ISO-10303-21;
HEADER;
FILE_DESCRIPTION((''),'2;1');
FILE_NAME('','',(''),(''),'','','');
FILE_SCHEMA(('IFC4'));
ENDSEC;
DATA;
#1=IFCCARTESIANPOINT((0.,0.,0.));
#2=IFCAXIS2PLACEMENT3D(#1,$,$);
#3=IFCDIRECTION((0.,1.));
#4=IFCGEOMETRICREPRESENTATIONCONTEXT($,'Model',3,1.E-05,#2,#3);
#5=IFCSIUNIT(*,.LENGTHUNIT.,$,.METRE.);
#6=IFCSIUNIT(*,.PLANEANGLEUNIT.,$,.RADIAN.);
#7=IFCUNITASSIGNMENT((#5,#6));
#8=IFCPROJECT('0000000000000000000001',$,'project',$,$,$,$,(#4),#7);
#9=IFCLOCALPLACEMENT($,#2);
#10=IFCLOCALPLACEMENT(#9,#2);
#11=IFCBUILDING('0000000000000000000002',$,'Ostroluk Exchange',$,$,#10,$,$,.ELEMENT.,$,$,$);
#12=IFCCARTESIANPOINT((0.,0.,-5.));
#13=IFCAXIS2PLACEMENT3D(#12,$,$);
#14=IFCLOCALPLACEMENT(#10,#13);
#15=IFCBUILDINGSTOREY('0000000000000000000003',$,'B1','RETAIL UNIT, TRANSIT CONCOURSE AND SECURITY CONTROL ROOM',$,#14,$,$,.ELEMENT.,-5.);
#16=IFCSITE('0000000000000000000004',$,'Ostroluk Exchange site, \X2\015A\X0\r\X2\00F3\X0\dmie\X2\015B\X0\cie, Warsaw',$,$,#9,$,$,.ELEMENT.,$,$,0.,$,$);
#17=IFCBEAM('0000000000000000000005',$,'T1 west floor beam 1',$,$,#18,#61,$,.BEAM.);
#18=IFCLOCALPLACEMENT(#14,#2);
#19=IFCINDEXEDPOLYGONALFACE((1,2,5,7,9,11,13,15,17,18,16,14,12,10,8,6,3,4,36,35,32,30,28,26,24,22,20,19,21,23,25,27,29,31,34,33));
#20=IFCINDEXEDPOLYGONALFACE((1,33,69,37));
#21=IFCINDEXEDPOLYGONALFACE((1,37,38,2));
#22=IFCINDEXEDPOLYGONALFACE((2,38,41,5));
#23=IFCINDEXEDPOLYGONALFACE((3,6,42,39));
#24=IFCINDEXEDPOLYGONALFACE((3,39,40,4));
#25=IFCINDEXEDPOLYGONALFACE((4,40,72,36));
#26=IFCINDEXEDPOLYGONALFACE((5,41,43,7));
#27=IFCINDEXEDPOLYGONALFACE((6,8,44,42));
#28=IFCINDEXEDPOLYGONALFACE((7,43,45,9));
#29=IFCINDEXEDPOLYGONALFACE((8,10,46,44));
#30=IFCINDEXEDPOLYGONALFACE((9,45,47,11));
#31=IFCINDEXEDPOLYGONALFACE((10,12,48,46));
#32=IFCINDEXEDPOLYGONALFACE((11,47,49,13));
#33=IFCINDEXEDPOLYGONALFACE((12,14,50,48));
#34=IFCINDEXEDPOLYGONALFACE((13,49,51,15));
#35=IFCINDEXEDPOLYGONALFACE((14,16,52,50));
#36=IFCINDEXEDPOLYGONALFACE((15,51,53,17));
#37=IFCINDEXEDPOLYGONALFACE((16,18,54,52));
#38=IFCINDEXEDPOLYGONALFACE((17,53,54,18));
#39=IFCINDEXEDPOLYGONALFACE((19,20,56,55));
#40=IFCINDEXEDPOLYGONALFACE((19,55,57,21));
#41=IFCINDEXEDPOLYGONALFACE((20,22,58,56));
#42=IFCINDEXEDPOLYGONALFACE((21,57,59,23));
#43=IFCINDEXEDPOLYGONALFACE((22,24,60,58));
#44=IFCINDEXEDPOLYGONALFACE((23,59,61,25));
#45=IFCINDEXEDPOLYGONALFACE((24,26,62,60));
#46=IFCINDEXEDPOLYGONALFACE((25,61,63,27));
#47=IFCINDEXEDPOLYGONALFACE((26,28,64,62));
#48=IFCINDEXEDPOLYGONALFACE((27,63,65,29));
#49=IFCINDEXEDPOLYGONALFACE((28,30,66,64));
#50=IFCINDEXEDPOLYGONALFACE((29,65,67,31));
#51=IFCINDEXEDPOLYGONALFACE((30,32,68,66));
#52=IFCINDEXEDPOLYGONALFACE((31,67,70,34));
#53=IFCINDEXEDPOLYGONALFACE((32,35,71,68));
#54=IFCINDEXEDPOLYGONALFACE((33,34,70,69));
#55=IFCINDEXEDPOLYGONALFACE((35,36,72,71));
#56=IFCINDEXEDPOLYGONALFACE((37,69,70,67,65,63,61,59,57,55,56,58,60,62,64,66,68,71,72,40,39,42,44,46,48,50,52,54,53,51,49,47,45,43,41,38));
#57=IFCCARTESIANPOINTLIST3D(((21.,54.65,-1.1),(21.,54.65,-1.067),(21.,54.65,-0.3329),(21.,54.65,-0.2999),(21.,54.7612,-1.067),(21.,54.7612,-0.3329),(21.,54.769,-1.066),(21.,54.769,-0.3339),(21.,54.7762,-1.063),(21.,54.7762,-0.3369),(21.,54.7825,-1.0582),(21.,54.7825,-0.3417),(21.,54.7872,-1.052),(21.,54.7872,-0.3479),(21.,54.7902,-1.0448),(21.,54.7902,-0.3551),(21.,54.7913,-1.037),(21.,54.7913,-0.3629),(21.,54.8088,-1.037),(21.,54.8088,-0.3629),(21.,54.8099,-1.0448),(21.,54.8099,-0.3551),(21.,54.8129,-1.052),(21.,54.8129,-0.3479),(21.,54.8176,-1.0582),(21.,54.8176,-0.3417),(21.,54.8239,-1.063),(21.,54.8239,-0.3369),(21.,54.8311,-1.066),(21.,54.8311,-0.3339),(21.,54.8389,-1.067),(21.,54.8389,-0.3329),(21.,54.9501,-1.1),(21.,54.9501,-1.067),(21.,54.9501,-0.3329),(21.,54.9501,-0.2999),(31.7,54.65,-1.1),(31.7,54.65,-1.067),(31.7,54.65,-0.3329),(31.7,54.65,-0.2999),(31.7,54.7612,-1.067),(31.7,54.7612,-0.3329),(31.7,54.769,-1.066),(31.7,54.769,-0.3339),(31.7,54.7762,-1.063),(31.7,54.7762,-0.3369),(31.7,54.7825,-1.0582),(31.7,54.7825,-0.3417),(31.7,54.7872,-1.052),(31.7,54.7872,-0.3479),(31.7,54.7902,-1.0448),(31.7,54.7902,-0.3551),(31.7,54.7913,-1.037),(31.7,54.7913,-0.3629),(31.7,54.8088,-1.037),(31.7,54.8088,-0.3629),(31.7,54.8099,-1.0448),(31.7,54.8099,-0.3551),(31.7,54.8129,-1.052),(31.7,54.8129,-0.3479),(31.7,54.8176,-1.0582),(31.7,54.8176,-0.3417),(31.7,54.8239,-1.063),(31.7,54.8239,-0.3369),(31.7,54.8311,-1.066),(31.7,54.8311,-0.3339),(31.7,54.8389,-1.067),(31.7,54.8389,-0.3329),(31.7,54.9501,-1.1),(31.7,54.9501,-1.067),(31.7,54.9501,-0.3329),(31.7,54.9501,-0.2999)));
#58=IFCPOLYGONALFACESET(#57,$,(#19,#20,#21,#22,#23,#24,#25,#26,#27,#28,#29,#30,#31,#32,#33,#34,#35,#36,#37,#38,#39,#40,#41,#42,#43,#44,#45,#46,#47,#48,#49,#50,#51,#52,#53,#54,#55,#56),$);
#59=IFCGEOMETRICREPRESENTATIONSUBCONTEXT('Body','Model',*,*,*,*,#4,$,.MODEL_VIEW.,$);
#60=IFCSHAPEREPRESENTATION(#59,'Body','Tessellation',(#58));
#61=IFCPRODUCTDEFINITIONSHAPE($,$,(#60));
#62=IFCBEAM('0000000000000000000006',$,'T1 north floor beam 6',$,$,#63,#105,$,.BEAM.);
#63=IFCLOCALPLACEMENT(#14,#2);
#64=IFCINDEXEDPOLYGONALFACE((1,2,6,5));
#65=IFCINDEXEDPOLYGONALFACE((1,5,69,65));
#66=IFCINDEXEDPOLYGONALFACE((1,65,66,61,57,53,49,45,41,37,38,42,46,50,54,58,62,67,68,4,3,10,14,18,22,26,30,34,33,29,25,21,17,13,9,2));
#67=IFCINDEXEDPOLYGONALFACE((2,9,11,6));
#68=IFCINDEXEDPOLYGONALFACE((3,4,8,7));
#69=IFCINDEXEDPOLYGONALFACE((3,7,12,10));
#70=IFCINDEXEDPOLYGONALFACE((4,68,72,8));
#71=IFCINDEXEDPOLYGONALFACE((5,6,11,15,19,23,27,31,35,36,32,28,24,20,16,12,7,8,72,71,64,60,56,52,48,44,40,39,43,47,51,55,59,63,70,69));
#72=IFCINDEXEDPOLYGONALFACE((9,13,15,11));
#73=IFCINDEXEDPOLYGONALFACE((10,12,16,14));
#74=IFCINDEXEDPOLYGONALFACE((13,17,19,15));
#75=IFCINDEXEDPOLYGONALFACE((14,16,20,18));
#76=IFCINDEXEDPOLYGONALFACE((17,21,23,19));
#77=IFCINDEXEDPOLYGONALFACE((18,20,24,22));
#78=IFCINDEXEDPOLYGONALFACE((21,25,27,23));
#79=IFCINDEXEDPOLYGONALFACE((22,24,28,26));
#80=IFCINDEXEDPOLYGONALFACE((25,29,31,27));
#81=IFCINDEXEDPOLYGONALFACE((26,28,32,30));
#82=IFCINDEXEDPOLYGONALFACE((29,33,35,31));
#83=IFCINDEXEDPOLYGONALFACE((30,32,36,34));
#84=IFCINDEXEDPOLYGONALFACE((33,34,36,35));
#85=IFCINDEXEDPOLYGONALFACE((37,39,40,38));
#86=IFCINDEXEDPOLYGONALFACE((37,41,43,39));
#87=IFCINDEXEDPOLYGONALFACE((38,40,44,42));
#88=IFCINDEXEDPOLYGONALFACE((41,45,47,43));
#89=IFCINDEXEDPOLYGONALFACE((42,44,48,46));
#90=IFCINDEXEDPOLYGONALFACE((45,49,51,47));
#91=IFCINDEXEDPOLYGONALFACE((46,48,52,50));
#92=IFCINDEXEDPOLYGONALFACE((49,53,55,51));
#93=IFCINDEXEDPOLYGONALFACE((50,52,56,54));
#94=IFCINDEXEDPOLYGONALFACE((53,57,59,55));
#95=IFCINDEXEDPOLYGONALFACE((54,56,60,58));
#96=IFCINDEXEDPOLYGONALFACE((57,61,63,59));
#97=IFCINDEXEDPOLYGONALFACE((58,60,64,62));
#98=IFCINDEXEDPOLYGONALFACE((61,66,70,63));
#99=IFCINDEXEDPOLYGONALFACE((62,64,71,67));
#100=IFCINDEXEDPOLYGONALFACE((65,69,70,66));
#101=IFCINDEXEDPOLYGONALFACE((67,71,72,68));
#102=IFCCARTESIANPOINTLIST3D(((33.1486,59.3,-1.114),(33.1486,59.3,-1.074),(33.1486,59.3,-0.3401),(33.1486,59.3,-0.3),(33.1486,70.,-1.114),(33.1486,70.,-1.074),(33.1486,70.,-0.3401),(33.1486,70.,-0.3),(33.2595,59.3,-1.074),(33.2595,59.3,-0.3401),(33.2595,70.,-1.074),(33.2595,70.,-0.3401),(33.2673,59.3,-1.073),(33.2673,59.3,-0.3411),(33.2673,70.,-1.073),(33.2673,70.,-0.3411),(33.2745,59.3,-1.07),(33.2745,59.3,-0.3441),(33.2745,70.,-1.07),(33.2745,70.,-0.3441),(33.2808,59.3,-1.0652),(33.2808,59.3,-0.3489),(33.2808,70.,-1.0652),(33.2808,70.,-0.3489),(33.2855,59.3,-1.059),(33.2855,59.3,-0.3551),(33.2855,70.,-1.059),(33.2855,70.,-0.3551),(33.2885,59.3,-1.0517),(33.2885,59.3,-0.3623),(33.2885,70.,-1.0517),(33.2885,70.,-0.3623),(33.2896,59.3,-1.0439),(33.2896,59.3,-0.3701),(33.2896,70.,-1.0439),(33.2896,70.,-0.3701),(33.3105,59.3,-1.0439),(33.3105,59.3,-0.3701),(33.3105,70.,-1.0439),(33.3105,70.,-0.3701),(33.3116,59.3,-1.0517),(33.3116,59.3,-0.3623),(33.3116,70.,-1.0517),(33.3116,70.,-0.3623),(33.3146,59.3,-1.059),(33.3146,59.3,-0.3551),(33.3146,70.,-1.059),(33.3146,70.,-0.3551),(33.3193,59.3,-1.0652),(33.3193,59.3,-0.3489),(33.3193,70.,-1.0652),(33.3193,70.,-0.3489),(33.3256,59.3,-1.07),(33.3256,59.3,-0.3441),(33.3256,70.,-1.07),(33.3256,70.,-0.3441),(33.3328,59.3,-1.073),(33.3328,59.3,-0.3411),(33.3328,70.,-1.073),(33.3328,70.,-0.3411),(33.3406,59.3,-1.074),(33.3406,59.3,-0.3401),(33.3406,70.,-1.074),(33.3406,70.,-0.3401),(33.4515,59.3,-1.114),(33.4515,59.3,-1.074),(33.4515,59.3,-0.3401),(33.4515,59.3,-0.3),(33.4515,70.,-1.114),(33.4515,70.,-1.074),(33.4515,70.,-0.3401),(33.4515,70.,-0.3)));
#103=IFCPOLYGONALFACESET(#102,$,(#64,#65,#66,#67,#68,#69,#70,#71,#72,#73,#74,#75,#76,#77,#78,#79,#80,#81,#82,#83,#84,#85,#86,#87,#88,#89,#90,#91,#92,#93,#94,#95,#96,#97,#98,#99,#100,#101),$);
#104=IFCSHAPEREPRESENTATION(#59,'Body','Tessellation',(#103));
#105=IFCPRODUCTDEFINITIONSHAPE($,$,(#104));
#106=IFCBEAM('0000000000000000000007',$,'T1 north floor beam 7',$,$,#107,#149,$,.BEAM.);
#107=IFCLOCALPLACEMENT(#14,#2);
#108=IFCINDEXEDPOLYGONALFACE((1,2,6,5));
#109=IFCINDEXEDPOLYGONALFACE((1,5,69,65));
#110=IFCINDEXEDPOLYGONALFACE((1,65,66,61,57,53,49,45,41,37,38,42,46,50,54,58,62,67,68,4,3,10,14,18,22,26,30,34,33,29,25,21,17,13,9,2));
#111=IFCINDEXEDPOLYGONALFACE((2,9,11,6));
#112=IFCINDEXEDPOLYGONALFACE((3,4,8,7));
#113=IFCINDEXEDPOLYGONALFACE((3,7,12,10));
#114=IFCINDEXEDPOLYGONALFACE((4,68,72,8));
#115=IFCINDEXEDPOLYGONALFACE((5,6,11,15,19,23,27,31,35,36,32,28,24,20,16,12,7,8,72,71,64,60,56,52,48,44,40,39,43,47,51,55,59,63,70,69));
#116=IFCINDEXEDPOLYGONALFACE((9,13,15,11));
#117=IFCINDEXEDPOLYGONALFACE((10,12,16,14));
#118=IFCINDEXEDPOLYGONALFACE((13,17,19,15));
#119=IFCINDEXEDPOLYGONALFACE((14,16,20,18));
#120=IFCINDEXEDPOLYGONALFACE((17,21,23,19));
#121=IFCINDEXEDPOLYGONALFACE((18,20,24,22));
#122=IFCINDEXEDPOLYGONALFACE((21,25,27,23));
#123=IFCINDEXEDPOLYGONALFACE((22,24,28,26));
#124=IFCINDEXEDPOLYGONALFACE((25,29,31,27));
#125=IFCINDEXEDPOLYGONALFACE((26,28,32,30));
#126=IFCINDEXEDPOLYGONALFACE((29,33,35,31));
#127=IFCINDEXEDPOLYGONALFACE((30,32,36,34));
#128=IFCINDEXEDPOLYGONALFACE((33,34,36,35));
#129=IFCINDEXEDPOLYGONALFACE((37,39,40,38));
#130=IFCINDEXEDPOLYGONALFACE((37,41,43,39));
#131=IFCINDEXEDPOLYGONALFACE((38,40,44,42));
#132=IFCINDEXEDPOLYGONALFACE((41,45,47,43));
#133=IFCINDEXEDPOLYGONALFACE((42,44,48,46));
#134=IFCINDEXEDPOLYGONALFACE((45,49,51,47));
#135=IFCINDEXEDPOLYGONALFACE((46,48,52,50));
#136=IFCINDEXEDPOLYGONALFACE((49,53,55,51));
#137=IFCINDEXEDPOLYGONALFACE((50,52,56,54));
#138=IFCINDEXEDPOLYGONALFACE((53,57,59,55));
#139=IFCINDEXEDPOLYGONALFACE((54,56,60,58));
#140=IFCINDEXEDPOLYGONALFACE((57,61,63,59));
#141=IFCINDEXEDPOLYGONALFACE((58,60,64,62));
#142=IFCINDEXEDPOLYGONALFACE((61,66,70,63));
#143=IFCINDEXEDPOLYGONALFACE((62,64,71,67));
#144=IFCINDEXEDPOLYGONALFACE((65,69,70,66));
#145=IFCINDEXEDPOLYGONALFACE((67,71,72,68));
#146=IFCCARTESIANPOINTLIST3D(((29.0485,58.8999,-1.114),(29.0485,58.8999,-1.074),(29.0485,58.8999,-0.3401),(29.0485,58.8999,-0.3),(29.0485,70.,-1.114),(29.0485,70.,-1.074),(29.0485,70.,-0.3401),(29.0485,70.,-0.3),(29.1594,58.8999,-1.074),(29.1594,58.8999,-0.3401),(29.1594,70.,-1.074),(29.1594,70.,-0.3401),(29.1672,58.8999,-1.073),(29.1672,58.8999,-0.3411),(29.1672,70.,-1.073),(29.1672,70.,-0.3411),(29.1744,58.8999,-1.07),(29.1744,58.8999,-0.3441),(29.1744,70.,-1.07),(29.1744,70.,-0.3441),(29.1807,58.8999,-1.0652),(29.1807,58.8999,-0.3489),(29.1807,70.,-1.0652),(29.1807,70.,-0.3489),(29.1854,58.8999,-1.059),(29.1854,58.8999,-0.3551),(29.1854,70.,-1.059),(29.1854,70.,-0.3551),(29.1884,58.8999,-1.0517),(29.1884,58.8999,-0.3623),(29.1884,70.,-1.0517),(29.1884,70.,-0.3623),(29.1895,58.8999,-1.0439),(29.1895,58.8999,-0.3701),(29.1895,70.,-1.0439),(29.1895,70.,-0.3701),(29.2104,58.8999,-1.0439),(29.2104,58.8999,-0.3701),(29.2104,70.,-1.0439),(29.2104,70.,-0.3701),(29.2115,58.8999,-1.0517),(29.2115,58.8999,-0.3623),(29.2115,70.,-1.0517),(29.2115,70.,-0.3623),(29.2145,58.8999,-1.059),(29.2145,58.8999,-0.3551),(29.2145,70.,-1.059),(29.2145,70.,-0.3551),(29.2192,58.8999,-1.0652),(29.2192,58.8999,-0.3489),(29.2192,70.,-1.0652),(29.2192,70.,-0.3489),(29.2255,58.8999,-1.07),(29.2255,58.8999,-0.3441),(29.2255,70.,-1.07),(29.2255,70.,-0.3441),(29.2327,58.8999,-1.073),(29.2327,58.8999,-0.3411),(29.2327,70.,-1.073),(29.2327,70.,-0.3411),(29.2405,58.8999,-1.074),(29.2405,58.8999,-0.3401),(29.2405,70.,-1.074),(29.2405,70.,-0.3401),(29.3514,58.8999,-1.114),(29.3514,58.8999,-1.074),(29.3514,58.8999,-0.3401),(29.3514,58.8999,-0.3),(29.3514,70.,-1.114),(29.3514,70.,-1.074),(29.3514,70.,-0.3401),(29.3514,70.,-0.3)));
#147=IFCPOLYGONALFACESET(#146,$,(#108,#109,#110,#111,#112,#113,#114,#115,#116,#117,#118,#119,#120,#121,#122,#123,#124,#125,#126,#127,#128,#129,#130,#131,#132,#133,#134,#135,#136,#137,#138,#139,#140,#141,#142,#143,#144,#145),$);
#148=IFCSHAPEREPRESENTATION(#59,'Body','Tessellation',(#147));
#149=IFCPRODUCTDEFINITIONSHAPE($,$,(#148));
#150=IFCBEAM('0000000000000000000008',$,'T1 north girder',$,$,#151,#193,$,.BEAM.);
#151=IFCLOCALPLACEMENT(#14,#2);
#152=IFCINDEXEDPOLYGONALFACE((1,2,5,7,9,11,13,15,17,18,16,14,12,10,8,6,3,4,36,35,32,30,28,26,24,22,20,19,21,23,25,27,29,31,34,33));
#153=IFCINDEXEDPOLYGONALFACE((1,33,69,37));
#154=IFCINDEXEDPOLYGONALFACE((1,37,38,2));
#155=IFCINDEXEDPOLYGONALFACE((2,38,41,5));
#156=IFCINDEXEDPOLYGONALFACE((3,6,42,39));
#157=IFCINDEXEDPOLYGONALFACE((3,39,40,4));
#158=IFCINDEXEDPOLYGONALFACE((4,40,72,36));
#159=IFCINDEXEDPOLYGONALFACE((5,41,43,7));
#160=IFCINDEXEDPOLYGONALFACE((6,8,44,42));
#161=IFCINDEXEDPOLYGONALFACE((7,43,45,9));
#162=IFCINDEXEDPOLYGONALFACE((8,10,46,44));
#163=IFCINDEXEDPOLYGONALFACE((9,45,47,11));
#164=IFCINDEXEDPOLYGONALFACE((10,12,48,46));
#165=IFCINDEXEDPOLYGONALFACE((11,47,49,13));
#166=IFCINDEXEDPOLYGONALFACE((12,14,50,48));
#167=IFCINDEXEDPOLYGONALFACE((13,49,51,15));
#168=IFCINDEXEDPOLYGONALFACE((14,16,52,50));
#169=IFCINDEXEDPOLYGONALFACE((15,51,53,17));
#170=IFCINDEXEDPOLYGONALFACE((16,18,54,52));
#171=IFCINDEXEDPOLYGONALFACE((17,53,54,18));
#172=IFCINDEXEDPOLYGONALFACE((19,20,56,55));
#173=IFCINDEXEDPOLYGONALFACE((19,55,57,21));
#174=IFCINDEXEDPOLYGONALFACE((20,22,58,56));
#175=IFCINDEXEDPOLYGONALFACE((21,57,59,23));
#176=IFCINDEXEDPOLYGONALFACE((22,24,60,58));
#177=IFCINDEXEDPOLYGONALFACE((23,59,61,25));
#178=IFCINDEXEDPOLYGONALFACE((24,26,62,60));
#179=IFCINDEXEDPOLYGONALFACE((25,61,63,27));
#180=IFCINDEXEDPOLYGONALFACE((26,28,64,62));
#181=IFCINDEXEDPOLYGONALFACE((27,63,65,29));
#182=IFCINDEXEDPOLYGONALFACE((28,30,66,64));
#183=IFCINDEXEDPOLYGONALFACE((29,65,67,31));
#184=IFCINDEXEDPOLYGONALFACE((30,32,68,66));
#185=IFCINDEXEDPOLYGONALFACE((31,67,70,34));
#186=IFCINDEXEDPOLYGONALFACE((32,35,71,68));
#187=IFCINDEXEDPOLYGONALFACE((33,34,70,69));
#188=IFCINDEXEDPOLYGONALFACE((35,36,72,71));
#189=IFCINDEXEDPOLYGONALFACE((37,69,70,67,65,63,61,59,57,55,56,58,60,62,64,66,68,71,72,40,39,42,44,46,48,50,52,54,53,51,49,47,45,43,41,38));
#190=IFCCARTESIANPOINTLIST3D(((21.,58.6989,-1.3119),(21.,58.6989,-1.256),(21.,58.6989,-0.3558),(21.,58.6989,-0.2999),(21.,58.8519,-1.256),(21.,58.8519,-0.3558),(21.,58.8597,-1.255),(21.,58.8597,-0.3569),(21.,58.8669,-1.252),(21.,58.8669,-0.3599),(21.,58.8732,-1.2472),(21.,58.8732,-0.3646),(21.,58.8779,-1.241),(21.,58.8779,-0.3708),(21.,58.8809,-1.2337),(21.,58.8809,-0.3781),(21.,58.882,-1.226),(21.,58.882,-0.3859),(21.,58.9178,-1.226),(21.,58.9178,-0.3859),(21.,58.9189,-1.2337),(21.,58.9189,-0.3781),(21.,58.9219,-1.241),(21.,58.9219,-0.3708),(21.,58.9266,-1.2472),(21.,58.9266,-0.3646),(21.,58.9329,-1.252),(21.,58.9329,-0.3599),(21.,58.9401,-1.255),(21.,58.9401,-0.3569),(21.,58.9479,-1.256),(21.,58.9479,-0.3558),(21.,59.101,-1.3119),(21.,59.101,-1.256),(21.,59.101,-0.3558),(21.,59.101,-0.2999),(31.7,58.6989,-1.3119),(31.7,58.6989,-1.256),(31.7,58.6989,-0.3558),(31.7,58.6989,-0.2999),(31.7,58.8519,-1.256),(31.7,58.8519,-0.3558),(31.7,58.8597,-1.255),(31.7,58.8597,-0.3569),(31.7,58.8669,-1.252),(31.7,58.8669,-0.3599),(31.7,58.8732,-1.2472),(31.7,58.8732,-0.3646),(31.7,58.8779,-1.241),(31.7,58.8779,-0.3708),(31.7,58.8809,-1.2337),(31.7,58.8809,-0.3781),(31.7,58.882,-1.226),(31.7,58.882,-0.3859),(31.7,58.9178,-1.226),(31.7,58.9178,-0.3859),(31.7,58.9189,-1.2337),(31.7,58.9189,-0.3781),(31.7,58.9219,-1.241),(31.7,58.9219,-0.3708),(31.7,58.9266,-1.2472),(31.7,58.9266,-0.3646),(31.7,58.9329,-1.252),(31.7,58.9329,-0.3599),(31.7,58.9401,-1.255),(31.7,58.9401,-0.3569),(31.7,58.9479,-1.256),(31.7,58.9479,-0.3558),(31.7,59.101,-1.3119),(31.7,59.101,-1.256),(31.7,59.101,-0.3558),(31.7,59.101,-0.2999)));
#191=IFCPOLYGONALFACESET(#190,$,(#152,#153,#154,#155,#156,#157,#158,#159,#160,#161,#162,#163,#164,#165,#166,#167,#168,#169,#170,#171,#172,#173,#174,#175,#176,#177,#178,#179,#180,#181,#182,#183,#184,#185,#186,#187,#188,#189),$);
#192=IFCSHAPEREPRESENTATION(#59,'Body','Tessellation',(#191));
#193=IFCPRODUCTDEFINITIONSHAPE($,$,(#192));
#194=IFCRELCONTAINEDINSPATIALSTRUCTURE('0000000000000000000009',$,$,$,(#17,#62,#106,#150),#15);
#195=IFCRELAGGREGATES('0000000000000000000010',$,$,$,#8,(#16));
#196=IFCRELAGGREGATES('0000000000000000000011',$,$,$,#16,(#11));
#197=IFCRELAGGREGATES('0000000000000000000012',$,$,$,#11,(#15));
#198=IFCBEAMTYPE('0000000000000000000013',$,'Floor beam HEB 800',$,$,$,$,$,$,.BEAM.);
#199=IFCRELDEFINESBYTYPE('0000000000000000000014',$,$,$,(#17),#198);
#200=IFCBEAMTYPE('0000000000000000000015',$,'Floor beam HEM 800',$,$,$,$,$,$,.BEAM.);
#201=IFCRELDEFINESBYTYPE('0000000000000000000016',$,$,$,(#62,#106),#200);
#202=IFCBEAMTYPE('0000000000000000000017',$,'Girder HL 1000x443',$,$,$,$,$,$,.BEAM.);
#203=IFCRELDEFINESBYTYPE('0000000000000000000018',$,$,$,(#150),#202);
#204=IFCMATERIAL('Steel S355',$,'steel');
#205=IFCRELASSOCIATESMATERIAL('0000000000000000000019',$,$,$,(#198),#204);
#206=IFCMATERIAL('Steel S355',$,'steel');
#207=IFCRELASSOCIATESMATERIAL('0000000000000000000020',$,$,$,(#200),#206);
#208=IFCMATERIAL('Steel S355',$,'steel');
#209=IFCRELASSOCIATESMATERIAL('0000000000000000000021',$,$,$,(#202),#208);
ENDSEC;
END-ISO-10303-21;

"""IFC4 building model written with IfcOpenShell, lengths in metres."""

from ifc_helpers import new_model, si_unit, direction, frame, origin, origin_2d, place, context, subcontext, project, spatial, i_section, extrude, material, material_profile, profile_set, type_object, element, save


model = new_model("IFC4")

# Units and contexts
model_context = context("Model", 3, precision=1e-05, world=origin(), true_north=direction((0.0, 1.0)))
body_context = subcontext(model_context, "Body", "Model", "MODEL_VIEW")
ifc_project = project(units=[si_unit("LENGTHUNIT", "METRE"), si_unit("PLANEANGLEUNIT", "RADIAN")], contexts=[model_context])

# Site, building, storey
site_placement = place(None, origin())
site = spatial("IfcSite", under=ifc_project, at=site_placement, Name="Ostroluk Exchange site, Śródmieście, Warsaw", CompositionType="ELEMENT", RefElevation=0.0)
building_placement = place(site_placement, origin())
building = spatial("IfcBuilding", under=site, at=building_placement, Name="Ostroluk Exchange", CompositionType="ELEMENT")
storey_placement = place(building_placement, frame((0.0, 0.0, -5.0)))
storey = spatial("IfcBuildingStorey", under=building, at=storey_placement, Name="B1", Description="RETAIL UNIT, TRANSIT CONCOURSE AND SECURITY CONTROL ROOM", CompositionType="ELEMENT", Elevation=-5.0)

# Beams
ifc_material_1 = material(Name="Steel S355", Category="steel")
ifc_material_profile_1 = material_profile(ifc_material_1, i_section(OverallWidth=0.3, OverallDepth=0.8, WebThickness=0.0176, FlangeThickness=0.033, FilletRadius=0.03, at=origin_2d()), Name="HEB 800")
ifc_profile_set_1 = profile_set([ifc_material_profile_1], Name="Steel S355")
beam_type_1 = type_object("IfcBeamType", Name="Floor beam HEB 800", PredefinedType="BEAM", material=ifc_profile_set_1)
beam_1_placement = place(storey_placement, frame((31.7, 54.8, -0.7), z_axis=(-1.0, 0.0, 0.0), x_axis=(0.0, -1.0, 0.0)))
element("IfcBeam", 1, at=beam_1_placement, inside=storey, type_object=beam_type_1, Name="T1 west floor beam 1", PredefinedType="BEAM", context=body_context, shape_type="SweptSolid", body=[
    extrude(i_section(OverallWidth=0.3, OverallDepth=0.8, WebThickness=0.0176, FlangeThickness=0.033, FilletRadius=0.03, at=origin_2d()), origin(), (0.0, 0.0, 1.0), 10.7),
])
ifc_material_2 = material(Name="Steel S355", Category="steel")
ifc_material_profile_2 = material_profile(ifc_material_2, i_section(OverallWidth=0.303, OverallDepth=0.814, WebThickness=0.021, FlangeThickness=0.04, FilletRadius=0.03, at=origin_2d()), Name="HEM 800")
ifc_profile_set_2 = profile_set([ifc_material_profile_2], Name="Steel S355")
beam_type_2 = type_object("IfcBeamType", Name="Floor beam HEM 800", PredefinedType="BEAM", material=ifc_profile_set_2)
beam_2_placement = place(storey_placement, frame((33.3, 59.3, -0.707), z_axis=(0.0, 1.0, 0.0), x_axis=(-1.0, 0.0, 0.0)))
element("IfcBeam", 2, at=beam_2_placement, inside=storey, type_object=beam_type_2, Name="T1 north floor beam 6", PredefinedType="BEAM", context=body_context, shape_type="SweptSolid", body=[
    extrude(i_section(OverallWidth=0.303, OverallDepth=0.814, WebThickness=0.021, FlangeThickness=0.04, FilletRadius=0.03, at=origin_2d()), origin(), (0.0, 0.0, 1.0), 10.7),
])
beam_3_placement = place(storey_placement, frame((29.2, 58.8999, -0.707), z_axis=(0.0, 1.0, 0.0), x_axis=(-1.0, 0.0, 0.0)))
element("IfcBeam", 3, at=beam_3_placement, inside=storey, type_object=beam_type_2, Name="T1 north floor beam 7", PredefinedType="BEAM", context=body_context, shape_type="SweptSolid", body=[
    extrude(i_section(OverallWidth=0.303, OverallDepth=0.814, WebThickness=0.021, FlangeThickness=0.04, FilletRadius=0.03, at=origin_2d()), origin(), (0.0, 0.0, 1.0), 11.1001),
])
ifc_material_3 = material(Name="Steel S355", Category="steel")
ifc_material_profile_3 = material_profile(ifc_material_3, i_section(OverallWidth=0.4021, OverallDepth=1.012, WebThickness=0.0359, FlangeThickness=0.0559, FilletRadius=0.03, at=origin_2d()), Name="HL 1000x443")
ifc_profile_set_3 = profile_set([ifc_material_profile_3], Name="Steel S355")
beam_type_3 = type_object("IfcBeamType", Name="Girder HL 1000x443", PredefinedType="BEAM", material=ifc_profile_set_3)
beam_4_placement = place(storey_placement, frame((31.7, 58.8999, -0.8059), z_axis=(-1.0, 0.0, 0.0), x_axis=(0.0, -1.0, 0.0)))
element("IfcBeam", 4, at=beam_4_placement, inside=storey, type_object=beam_type_3, Name="T1 north girder", PredefinedType="BEAM", context=body_context, shape_type="SweptSolid", body=[
    extrude(i_section(OverallWidth=0.4021, OverallDepth=1.012, WebThickness=0.0359, FlangeThickness=0.0559, FilletRadius=0.03, at=origin_2d()), origin(), (0.0, 0.0, 1.0), 10.7),
])

save(model, "model.ifc")
